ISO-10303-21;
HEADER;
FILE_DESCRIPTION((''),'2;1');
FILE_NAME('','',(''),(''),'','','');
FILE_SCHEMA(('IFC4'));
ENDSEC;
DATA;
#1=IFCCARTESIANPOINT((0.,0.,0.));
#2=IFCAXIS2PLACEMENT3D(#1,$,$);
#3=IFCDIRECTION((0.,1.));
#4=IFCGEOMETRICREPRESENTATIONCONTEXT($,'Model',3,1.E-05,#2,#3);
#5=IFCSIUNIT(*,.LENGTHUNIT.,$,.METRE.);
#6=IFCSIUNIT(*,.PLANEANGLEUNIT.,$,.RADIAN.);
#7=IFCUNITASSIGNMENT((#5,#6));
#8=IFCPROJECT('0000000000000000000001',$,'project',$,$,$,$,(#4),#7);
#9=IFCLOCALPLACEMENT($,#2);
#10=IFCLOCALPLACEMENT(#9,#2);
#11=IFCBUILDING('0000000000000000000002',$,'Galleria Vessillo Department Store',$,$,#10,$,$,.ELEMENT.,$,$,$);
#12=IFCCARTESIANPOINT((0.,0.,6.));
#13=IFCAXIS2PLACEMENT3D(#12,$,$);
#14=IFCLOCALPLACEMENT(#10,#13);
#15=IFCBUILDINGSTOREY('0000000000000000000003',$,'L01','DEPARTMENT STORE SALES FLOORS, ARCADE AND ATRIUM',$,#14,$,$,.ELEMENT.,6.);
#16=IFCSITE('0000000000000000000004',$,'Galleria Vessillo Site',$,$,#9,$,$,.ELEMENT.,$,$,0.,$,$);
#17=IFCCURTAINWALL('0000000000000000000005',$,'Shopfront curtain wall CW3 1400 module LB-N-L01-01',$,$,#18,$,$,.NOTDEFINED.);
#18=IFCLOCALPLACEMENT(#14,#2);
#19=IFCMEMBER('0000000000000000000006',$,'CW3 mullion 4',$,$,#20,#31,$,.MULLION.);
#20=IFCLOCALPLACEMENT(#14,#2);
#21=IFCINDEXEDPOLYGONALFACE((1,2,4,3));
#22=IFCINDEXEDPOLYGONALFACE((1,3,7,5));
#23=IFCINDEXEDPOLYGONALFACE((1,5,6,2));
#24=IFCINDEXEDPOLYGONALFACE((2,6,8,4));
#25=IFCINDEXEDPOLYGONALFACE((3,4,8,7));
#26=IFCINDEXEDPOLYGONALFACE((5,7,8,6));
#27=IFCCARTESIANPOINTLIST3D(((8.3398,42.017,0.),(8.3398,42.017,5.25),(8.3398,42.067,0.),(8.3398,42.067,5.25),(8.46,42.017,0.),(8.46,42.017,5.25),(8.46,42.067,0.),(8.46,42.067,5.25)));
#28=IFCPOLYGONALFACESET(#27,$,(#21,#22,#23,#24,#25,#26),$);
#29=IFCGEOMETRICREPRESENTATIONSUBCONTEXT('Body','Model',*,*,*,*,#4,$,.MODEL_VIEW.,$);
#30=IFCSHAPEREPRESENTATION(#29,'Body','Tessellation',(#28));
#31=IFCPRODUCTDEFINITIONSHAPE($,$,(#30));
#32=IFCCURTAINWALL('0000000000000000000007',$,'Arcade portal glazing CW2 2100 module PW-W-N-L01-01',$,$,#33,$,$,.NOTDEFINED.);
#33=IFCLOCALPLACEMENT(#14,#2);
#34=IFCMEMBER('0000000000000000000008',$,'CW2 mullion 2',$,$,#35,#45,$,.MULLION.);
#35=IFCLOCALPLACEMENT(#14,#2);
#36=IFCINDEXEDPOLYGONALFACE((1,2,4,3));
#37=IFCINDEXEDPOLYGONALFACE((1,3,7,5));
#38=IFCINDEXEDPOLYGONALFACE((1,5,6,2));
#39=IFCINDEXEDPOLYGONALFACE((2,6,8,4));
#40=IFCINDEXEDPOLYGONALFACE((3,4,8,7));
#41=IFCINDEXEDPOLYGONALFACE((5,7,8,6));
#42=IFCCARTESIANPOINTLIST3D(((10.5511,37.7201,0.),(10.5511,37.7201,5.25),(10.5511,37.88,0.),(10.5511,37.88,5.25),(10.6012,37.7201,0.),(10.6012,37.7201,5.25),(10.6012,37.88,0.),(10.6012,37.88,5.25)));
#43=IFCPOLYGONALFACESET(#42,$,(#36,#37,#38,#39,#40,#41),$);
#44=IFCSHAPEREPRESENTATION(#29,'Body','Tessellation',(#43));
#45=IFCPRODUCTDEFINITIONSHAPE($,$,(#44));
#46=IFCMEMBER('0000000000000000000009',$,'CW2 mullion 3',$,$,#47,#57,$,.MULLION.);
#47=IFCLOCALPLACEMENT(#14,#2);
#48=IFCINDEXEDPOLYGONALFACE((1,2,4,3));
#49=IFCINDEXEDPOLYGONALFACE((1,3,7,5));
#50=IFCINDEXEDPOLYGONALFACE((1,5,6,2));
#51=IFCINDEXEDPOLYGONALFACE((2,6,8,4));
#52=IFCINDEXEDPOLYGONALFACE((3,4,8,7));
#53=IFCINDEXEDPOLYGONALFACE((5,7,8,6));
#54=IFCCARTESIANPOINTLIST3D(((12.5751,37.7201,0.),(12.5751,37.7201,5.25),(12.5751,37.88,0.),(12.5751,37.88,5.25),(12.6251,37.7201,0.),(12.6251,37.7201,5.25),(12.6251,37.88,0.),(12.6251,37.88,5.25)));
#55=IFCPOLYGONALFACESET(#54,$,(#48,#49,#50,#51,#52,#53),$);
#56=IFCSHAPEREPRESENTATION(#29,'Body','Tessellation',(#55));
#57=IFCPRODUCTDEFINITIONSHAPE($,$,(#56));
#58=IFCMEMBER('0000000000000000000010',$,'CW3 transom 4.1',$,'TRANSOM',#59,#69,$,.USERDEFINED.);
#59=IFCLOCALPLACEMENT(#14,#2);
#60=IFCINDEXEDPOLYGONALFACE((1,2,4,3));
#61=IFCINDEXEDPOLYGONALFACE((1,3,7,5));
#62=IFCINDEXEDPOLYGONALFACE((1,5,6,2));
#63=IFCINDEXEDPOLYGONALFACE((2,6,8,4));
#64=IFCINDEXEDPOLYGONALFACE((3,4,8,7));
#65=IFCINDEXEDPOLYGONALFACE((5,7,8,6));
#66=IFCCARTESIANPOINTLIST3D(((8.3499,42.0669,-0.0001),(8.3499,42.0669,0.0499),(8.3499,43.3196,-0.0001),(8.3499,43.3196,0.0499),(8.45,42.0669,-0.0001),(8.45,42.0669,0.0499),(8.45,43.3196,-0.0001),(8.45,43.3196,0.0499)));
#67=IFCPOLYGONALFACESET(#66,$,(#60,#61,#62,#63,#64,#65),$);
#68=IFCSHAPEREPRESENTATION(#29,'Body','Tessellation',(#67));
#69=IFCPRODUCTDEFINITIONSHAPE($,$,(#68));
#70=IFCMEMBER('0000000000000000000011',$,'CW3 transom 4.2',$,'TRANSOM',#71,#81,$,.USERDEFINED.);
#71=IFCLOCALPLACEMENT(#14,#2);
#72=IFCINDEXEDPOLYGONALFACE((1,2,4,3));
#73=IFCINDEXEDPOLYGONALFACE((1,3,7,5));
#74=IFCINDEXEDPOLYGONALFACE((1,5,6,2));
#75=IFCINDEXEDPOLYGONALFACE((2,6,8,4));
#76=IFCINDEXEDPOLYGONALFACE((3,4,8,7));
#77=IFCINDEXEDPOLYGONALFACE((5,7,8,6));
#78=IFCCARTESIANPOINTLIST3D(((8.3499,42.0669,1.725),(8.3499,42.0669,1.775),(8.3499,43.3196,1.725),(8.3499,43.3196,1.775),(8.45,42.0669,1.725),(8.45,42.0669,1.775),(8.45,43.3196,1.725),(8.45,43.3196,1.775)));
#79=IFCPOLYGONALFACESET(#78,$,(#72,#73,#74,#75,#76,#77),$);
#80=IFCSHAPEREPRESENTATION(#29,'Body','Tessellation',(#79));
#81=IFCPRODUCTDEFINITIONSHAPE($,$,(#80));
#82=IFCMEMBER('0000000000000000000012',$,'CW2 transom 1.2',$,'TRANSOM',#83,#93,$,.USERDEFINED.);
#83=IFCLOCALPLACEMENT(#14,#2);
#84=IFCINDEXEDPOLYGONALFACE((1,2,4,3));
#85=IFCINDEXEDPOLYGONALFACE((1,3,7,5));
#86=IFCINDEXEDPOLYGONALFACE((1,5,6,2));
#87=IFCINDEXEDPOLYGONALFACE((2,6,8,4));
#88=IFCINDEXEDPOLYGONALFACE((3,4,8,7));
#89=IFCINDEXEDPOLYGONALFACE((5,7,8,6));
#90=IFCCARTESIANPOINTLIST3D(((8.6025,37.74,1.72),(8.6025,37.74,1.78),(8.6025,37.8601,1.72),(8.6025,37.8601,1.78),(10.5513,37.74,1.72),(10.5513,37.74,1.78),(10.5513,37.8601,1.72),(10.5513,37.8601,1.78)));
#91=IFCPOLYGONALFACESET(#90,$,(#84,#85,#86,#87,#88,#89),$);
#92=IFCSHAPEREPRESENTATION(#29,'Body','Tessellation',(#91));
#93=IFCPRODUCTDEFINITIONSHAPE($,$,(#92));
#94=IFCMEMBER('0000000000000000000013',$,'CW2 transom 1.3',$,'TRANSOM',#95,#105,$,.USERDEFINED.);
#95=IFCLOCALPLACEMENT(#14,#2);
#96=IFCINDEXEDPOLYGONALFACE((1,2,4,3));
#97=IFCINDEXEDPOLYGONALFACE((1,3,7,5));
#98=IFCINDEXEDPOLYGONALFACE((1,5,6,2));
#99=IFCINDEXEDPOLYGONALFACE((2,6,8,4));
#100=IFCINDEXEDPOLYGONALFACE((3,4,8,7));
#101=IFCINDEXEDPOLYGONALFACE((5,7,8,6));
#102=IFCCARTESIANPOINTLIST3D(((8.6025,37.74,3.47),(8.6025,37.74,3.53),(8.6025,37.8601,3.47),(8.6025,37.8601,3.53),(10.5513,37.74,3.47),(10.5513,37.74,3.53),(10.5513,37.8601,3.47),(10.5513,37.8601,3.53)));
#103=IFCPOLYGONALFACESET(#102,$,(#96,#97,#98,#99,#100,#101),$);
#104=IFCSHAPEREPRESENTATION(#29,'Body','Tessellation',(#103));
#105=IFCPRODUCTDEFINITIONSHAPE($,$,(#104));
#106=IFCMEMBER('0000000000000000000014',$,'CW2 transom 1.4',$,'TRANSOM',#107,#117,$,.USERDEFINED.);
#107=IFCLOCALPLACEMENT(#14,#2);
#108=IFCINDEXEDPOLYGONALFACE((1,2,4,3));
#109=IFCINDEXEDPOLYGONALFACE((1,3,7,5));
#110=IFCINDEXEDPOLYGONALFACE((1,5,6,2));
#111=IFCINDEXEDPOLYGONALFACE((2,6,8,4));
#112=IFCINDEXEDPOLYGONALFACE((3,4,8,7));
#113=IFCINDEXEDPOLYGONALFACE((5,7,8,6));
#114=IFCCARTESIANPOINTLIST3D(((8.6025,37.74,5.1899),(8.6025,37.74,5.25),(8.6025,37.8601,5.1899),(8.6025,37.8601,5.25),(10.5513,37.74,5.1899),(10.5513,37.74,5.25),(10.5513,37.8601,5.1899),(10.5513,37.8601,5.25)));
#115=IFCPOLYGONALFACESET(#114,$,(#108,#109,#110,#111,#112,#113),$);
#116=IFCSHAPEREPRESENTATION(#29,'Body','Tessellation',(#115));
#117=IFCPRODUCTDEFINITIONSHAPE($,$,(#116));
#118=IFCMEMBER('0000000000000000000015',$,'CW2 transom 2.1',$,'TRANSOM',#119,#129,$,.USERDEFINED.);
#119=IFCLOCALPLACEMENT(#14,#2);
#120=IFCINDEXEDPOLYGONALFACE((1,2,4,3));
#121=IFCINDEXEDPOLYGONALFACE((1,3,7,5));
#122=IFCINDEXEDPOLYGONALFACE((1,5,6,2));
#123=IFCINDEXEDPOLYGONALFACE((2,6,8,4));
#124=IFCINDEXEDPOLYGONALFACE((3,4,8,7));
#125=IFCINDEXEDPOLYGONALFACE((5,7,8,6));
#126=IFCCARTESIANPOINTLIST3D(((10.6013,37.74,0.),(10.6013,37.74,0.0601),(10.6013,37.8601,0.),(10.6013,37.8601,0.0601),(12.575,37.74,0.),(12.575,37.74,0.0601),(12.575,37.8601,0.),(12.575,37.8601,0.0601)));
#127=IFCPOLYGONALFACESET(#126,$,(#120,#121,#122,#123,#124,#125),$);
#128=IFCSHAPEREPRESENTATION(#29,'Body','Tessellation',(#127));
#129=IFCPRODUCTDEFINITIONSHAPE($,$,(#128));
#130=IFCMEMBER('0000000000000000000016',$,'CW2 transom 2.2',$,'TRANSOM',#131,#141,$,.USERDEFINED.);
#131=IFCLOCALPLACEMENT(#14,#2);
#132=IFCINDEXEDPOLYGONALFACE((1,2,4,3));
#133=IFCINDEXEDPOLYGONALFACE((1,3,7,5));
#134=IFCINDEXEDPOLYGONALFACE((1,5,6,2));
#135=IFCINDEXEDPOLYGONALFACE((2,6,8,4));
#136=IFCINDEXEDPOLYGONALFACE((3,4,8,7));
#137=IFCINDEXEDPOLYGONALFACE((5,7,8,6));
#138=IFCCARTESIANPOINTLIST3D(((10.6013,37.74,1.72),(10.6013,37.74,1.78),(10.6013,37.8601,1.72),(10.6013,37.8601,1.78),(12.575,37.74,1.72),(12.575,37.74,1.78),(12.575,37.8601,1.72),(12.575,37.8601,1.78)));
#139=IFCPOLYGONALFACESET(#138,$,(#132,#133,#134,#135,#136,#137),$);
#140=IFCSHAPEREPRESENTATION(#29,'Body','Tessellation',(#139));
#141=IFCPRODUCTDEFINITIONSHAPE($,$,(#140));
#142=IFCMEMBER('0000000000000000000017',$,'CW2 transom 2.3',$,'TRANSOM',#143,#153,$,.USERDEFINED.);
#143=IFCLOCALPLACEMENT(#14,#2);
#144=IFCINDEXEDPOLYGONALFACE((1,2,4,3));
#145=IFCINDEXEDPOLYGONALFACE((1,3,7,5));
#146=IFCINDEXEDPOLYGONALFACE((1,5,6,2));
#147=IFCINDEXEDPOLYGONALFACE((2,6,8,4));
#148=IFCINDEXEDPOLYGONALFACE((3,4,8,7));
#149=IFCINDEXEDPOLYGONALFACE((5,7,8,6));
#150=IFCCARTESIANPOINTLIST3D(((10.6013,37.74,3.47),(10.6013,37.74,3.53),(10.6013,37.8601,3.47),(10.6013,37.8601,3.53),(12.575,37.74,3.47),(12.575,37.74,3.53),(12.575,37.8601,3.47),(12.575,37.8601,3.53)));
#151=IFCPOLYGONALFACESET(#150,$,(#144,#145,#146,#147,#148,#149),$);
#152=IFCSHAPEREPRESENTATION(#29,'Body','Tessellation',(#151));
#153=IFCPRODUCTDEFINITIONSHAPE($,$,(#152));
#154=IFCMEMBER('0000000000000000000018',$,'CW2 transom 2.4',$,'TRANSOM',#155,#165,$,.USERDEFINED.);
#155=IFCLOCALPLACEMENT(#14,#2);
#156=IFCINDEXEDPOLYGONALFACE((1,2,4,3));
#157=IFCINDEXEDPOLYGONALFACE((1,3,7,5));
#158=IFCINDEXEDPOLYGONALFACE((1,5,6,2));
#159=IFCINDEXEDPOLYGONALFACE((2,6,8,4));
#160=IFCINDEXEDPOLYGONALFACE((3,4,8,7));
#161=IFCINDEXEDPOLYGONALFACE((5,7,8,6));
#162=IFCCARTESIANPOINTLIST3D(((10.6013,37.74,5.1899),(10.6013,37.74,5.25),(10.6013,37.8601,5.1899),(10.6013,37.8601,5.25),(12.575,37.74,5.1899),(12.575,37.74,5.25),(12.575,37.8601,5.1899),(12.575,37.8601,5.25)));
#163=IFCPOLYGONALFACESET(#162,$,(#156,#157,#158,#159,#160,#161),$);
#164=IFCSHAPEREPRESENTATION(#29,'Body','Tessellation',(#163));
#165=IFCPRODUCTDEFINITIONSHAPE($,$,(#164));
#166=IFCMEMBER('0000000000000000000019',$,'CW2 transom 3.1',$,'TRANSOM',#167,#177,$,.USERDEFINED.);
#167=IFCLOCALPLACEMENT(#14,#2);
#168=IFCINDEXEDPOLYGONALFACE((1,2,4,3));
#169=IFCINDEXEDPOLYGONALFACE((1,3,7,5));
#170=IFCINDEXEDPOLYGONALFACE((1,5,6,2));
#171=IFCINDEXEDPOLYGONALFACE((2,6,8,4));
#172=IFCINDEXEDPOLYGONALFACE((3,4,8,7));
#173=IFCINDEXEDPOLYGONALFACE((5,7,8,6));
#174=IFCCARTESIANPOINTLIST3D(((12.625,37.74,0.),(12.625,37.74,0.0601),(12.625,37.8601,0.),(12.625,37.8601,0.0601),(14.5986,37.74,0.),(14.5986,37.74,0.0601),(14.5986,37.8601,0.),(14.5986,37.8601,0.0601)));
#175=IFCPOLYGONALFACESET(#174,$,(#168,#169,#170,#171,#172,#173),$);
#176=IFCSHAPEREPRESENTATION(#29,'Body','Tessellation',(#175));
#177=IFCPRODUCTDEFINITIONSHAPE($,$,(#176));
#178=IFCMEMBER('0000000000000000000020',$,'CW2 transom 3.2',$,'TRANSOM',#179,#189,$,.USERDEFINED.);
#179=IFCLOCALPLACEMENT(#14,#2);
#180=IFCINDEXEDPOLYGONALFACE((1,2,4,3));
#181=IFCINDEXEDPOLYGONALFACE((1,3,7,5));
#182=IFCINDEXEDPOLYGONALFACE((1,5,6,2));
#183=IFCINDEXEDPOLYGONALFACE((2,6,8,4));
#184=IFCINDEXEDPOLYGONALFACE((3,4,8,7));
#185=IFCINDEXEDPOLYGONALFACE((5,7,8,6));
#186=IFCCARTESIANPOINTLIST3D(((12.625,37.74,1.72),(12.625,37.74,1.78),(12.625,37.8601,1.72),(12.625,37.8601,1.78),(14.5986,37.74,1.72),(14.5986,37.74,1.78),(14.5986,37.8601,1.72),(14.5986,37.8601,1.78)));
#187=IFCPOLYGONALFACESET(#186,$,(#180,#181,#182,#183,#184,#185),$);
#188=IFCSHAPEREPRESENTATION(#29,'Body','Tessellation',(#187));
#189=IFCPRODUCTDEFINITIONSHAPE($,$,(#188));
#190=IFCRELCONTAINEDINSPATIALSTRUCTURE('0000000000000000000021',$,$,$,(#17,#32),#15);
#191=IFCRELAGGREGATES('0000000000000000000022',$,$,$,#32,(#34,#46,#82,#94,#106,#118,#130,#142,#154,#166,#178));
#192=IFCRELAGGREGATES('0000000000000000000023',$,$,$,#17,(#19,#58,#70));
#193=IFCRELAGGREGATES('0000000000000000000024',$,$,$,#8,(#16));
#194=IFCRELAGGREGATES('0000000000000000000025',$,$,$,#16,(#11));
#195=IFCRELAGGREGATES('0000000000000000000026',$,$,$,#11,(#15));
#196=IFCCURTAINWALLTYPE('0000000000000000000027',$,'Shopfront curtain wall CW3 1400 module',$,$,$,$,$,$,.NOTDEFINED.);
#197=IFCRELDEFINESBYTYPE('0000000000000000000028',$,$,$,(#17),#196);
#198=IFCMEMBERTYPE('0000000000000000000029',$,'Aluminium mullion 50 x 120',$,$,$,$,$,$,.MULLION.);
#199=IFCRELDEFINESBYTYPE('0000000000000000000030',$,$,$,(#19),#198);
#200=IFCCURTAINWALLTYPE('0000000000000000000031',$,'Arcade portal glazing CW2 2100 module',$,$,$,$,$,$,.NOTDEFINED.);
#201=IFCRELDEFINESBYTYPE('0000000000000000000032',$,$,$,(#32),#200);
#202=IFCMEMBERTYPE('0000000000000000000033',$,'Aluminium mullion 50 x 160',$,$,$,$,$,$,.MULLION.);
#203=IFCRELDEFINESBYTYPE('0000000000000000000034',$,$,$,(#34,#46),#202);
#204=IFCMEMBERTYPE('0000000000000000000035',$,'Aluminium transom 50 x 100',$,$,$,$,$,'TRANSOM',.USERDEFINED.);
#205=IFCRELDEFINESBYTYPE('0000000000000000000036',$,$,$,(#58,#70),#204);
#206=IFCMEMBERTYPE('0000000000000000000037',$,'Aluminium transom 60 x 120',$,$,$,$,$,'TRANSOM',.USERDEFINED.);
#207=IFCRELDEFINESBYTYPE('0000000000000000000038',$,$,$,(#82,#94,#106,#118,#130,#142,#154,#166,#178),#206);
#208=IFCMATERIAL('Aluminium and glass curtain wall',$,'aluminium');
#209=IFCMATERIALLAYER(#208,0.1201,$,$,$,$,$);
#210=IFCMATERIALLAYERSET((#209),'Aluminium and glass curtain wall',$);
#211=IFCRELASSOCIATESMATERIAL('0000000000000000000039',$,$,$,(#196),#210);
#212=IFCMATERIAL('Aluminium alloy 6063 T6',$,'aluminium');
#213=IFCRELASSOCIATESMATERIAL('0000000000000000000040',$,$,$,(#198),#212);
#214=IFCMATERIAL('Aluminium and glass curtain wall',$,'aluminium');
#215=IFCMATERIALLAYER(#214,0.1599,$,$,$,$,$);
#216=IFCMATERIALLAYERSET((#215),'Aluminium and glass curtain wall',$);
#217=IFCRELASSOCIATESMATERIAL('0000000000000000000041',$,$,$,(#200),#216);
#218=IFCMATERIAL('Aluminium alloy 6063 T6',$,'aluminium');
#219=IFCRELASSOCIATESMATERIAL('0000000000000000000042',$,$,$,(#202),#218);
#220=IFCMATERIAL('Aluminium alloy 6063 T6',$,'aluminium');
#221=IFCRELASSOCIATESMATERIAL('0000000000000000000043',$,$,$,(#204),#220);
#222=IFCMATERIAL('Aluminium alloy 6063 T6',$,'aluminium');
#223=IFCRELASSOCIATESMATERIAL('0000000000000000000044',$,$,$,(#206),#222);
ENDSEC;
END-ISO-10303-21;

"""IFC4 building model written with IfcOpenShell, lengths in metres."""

from ifc_helpers import new_model, si_unit, direction, frame, origin, origin_2d, place, context, subcontext, project, spatial, rectangle, extrude, material, layer, layer_set, material_profile, profile_set, type_object, element, aggregate, save


model = new_model("IFC4")

# Units and contexts
model_context = context("Model", 3, precision=1e-05, world=origin(), true_north=direction((0.0, 1.0)))
body_context = subcontext(model_context, "Body", "Model", "MODEL_VIEW")
ifc_project = project(units=[si_unit("LENGTHUNIT", "METRE"), si_unit("PLANEANGLEUNIT", "RADIAN")], contexts=[model_context])

# Site, building, storey
site_placement = place(None, origin())
site = spatial("IfcSite", under=ifc_project, at=site_placement, Name="Galleria Vessillo Site", CompositionType="ELEMENT", RefElevation=0.0)
building_placement = place(site_placement, origin())
building = spatial("IfcBuilding", under=site, at=building_placement, Name="Galleria Vessillo Department Store", CompositionType="ELEMENT")
storey_placement = place(building_placement, frame((0.0, 0.0, 6.0)))
storey = spatial("IfcBuildingStorey", under=building, at=storey_placement, Name="L01", Description="DEPARTMENT STORE SALES FLOORS, ARCADE AND ATRIUM", CompositionType="ELEMENT", Elevation=6.0)

# Curtain wall, member
ifc_material_1 = material(Name="Aluminium and glass curtain wall", Category="aluminium")
ifc_layer_1 = layer(ifc_material_1, 0.1201)
ifc_layer_set_1 = layer_set([ifc_layer_1], Name="Aluminium and glass curtain wall")
curtain_wall_type_1 = type_object("IfcCurtainWallType", Name="Shopfront curtain wall CW3 1400 module", PredefinedType="NOTDEFINED", material=ifc_layer_set_1)
curtain_wall_1_placement = place(storey_placement, origin())
curtain_wall_1 = element("IfcCurtainWall", 1, at=curtain_wall_1_placement, inside=storey, type_object=curtain_wall_type_1, Name="Shopfront curtain wall CW3 1400 module LB-N-L01-01", PredefinedType="NOTDEFINED")
ifc_material_2 = material(Name="Aluminium alloy 6063 T6", Category="aluminium")
ifc_material_profile_1 = material_profile(ifc_material_2, rectangle(XDim=0.1201, YDim=0.05, at=origin_2d()), Name="AL 50x120")
ifc_profile_set_1 = profile_set([ifc_material_profile_1], Name="Aluminium alloy 6063 T6")
member_type_1 = type_object("IfcMemberType", Name="Aluminium mullion 50 x 120", PredefinedType="MULLION", material=ifc_profile_set_1)
member_1_placement = place(storey_placement, frame((8.3999, 42.042, 0.0), z_axis=(0.0, 0.0, 1.0), x_axis=(-1.0, 0.0, 0.0)))
member_1 = element("IfcMember", 2, at=member_1_placement, type_object=member_type_1, Name="CW3 mullion 4", PredefinedType="MULLION", context=body_context, shape_type="SweptSolid", body=[
    extrude(rectangle(XDim=0.1201, YDim=0.05, at=origin_2d()), origin(), (0.0, 0.0, 1.0), 5.25),
])

# Curtain wall, members
ifc_material_3 = material(Name="Aluminium and glass curtain wall", Category="aluminium")
ifc_layer_2 = layer(ifc_material_3, 0.1599)
ifc_layer_set_2 = layer_set([ifc_layer_2], Name="Aluminium and glass curtain wall")
curtain_wall_type_2 = type_object("IfcCurtainWallType", Name="Arcade portal glazing CW2 2100 module", PredefinedType="NOTDEFINED", material=ifc_layer_set_2)
curtain_wall_2_placement = place(storey_placement, origin())
curtain_wall_2 = element("IfcCurtainWall", 3, at=curtain_wall_2_placement, inside=storey, type_object=curtain_wall_type_2, Name="Arcade portal glazing CW2 2100 module PW-W-N-L01-01", PredefinedType="NOTDEFINED")
ifc_material_4 = material(Name="Aluminium alloy 6063 T6", Category="aluminium")
ifc_material_profile_2 = material_profile(ifc_material_4, rectangle(XDim=0.1599, YDim=0.05, at=origin_2d()), Name="AL 50x160")
ifc_profile_set_2 = profile_set([ifc_material_profile_2], Name="Aluminium alloy 6063 T6")
member_type_2 = type_object("IfcMemberType", Name="Aluminium mullion 50 x 160", PredefinedType="MULLION", material=ifc_profile_set_2)
member_2_placement = place(storey_placement, frame((10.5762, 37.8, 0.0), z_axis=(0.0, 0.0, 1.0), x_axis=(0.0, 1.0, 0.0)))
member_2 = element("IfcMember", 4, at=member_2_placement, type_object=member_type_2, Name="CW2 mullion 2", PredefinedType="MULLION", context=body_context, shape_type="SweptSolid", body=[
    extrude(rectangle(XDim=0.1599, YDim=0.05, at=origin_2d()), origin(), (0.0, 0.0, 1.0), 5.25),
])
member_3_placement = place(storey_placement, frame((12.6001, 37.8, 0.0), z_axis=(0.0, 0.0, 1.0), x_axis=(0.0, 1.0, 0.0)))
member_3 = element("IfcMember", 5, at=member_3_placement, type_object=member_type_2, Name="CW2 mullion 3", PredefinedType="MULLION", context=body_context, shape_type="SweptSolid", body=[
    extrude(rectangle(XDim=0.1599, YDim=0.05, at=origin_2d()), origin(), (0.0, 0.0, 1.0), 5.25),
])

# Members
ifc_material_5 = material(Name="Aluminium alloy 6063 T6", Category="aluminium")
ifc_material_profile_3 = material_profile(ifc_material_5, rectangle(XDim=0.1001, YDim=0.05, at=origin_2d()), Name="AL 50x100")
ifc_profile_set_3 = profile_set([ifc_material_profile_3], Name="Aluminium alloy 6063 T6")
member_type_3 = type_object("IfcMemberType", Name="Aluminium transom 50 x 100", ElementType="TRANSOM", PredefinedType="USERDEFINED", material=ifc_profile_set_3)
member_4_placement = place(storey_placement, frame((8.3999, 42.0669, 0.0249), z_axis=(0.0, 1.0, 0.0), x_axis=(-1.0, 0.0, 0.0)))
member_4 = element("IfcMember", 6, at=member_4_placement, type_object=member_type_3, Name="CW3 transom 4.1", ObjectType="TRANSOM", PredefinedType="USERDEFINED", context=body_context, shape_type="SweptSolid", body=[
    extrude(rectangle(XDim=0.1001, YDim=0.05, at=origin_2d()), origin(), (0.0, 0.0, 1.0), 1.2527),
])
member_5_placement = place(storey_placement, frame((8.3999, 42.0669, 1.75), z_axis=(0.0, 1.0, 0.0), x_axis=(-1.0, 0.0, 0.0)))
member_5 = element("IfcMember", 7, at=member_5_placement, type_object=member_type_3, Name="CW3 transom 4.2", ObjectType="TRANSOM", PredefinedType="USERDEFINED", context=body_context, shape_type="SweptSolid", body=[
    extrude(rectangle(XDim=0.1001, YDim=0.05, at=origin_2d()), origin(), (0.0, 0.0, 1.0), 1.2527),
])
ifc_material_6 = material(Name="Aluminium alloy 6063 T6", Category="aluminium")
ifc_material_profile_4 = material_profile(ifc_material_6, rectangle(XDim=0.1201, YDim=0.0601, at=origin_2d()), Name="AL 60x120")
ifc_profile_set_4 = profile_set([ifc_material_profile_4], Name="Aluminium alloy 6063 T6")
member_type_4 = type_object("IfcMemberType", Name="Aluminium transom 60 x 120", ElementType="TRANSOM", PredefinedType="USERDEFINED", material=ifc_profile_set_4)
member_6_placement = place(storey_placement, frame((8.6025, 37.8, 1.75), z_axis=(1.0, 0.0, 0.0), x_axis=(0.0, 1.0, 0.0)))
member_6 = element("IfcMember", 8, at=member_6_placement, type_object=member_type_4, Name="CW2 transom 1.2", ObjectType="TRANSOM", PredefinedType="USERDEFINED", context=body_context, shape_type="SweptSolid", body=[
    extrude(rectangle(XDim=0.1201, YDim=0.0601, at=origin_2d()), origin(), (0.0, 0.0, 1.0), 1.9487),
])
member_7_placement = place(storey_placement, frame((8.6025, 37.8, 3.5), z_axis=(1.0, 0.0, 0.0), x_axis=(0.0, 1.0, 0.0)))
member_7 = element("IfcMember", 9, at=member_7_placement, type_object=member_type_4, Name="CW2 transom 1.3", ObjectType="TRANSOM", PredefinedType="USERDEFINED", context=body_context, shape_type="SweptSolid", body=[
    extrude(rectangle(XDim=0.1201, YDim=0.0601, at=origin_2d()), origin(), (0.0, 0.0, 1.0), 1.9487),
])
member_8_placement = place(storey_placement, frame((8.6025, 37.8, 5.22), z_axis=(1.0, 0.0, 0.0), x_axis=(0.0, 1.0, 0.0)))
member_8 = element("IfcMember", 10, at=member_8_placement, type_object=member_type_4, Name="CW2 transom 1.4", ObjectType="TRANSOM", PredefinedType="USERDEFINED", context=body_context, shape_type="SweptSolid", body=[
    extrude(rectangle(XDim=0.1201, YDim=0.0601, at=origin_2d()), origin(), (0.0, 0.0, 1.0), 1.9487),
])
member_9_placement = place(storey_placement, frame((10.6013, 37.8, 0.03), z_axis=(1.0, 0.0, 0.0), x_axis=(0.0, 1.0, 0.0)))
member_9 = element("IfcMember", 11, at=member_9_placement, type_object=member_type_4, Name="CW2 transom 2.1", ObjectType="TRANSOM", PredefinedType="USERDEFINED", context=body_context, shape_type="SweptSolid", body=[
    extrude(rectangle(XDim=0.1201, YDim=0.0601, at=origin_2d()), origin(), (0.0, 0.0, 1.0), 1.9736),
])
member_10_placement = place(storey_placement, frame((10.6013, 37.8, 1.75), z_axis=(1.0, 0.0, 0.0), x_axis=(0.0, 1.0, 0.0)))
member_10 = element("IfcMember", 12, at=member_10_placement, type_object=member_type_4, Name="CW2 transom 2.2", ObjectType="TRANSOM", PredefinedType="USERDEFINED", context=body_context, shape_type="SweptSolid", body=[
    extrude(rectangle(XDim=0.1201, YDim=0.0601, at=origin_2d()), origin(), (0.0, 0.0, 1.0), 1.9736),
])
member_11_placement = place(storey_placement, frame((10.6013, 37.8, 3.5), z_axis=(1.0, 0.0, 0.0), x_axis=(0.0, 1.0, 0.0)))
member_11 = element("IfcMember", 13, at=member_11_placement, type_object=member_type_4, Name="CW2 transom 2.3", ObjectType="TRANSOM", PredefinedType="USERDEFINED", context=body_context, shape_type="SweptSolid", body=[
    extrude(rectangle(XDim=0.1201, YDim=0.0601, at=origin_2d()), origin(), (0.0, 0.0, 1.0), 1.9736),
])
member_12_placement = place(storey_placement, frame((10.6013, 37.8, 5.22), z_axis=(1.0, 0.0, 0.0), x_axis=(0.0, 1.0, 0.0)))
member_12 = element("IfcMember", 14, at=member_12_placement, type_object=member_type_4, Name="CW2 transom 2.4", ObjectType="TRANSOM", PredefinedType="USERDEFINED", context=body_context, shape_type="SweptSolid", body=[
    extrude(rectangle(XDim=0.1201, YDim=0.0601, at=origin_2d()), origin(), (0.0, 0.0, 1.0), 1.9736),
])
member_13_placement = place(storey_placement, frame((12.625, 37.8, 0.03), z_axis=(1.0, 0.0, 0.0), x_axis=(0.0, 1.0, 0.0)))
member_13 = element("IfcMember", 15, at=member_13_placement, type_object=member_type_4, Name="CW2 transom 3.1", ObjectType="TRANSOM", PredefinedType="USERDEFINED", context=body_context, shape_type="SweptSolid", body=[
    extrude(rectangle(XDim=0.1201, YDim=0.0601, at=origin_2d()), origin(), (0.0, 0.0, 1.0), 1.9736),
])
member_14_placement = place(storey_placement, frame((12.625, 37.8, 1.75), z_axis=(1.0, 0.0, 0.0), x_axis=(0.0, 1.0, 0.0)))
member_14 = element("IfcMember", 16, at=member_14_placement, type_object=member_type_4, Name="CW2 transom 3.2", ObjectType="TRANSOM", PredefinedType="USERDEFINED", context=body_context, shape_type="SweptSolid", body=[
    extrude(rectangle(XDim=0.1201, YDim=0.0601, at=origin_2d()), origin(), (0.0, 0.0, 1.0), 1.9736),
])

aggregate(curtain_wall_2, [member_2, member_3, member_6, member_7, member_8, member_9, member_10, member_11, member_12, member_13, member_14])
aggregate(curtain_wall_1, [member_1, member_4, member_5])

save(model, "model.ifc")
